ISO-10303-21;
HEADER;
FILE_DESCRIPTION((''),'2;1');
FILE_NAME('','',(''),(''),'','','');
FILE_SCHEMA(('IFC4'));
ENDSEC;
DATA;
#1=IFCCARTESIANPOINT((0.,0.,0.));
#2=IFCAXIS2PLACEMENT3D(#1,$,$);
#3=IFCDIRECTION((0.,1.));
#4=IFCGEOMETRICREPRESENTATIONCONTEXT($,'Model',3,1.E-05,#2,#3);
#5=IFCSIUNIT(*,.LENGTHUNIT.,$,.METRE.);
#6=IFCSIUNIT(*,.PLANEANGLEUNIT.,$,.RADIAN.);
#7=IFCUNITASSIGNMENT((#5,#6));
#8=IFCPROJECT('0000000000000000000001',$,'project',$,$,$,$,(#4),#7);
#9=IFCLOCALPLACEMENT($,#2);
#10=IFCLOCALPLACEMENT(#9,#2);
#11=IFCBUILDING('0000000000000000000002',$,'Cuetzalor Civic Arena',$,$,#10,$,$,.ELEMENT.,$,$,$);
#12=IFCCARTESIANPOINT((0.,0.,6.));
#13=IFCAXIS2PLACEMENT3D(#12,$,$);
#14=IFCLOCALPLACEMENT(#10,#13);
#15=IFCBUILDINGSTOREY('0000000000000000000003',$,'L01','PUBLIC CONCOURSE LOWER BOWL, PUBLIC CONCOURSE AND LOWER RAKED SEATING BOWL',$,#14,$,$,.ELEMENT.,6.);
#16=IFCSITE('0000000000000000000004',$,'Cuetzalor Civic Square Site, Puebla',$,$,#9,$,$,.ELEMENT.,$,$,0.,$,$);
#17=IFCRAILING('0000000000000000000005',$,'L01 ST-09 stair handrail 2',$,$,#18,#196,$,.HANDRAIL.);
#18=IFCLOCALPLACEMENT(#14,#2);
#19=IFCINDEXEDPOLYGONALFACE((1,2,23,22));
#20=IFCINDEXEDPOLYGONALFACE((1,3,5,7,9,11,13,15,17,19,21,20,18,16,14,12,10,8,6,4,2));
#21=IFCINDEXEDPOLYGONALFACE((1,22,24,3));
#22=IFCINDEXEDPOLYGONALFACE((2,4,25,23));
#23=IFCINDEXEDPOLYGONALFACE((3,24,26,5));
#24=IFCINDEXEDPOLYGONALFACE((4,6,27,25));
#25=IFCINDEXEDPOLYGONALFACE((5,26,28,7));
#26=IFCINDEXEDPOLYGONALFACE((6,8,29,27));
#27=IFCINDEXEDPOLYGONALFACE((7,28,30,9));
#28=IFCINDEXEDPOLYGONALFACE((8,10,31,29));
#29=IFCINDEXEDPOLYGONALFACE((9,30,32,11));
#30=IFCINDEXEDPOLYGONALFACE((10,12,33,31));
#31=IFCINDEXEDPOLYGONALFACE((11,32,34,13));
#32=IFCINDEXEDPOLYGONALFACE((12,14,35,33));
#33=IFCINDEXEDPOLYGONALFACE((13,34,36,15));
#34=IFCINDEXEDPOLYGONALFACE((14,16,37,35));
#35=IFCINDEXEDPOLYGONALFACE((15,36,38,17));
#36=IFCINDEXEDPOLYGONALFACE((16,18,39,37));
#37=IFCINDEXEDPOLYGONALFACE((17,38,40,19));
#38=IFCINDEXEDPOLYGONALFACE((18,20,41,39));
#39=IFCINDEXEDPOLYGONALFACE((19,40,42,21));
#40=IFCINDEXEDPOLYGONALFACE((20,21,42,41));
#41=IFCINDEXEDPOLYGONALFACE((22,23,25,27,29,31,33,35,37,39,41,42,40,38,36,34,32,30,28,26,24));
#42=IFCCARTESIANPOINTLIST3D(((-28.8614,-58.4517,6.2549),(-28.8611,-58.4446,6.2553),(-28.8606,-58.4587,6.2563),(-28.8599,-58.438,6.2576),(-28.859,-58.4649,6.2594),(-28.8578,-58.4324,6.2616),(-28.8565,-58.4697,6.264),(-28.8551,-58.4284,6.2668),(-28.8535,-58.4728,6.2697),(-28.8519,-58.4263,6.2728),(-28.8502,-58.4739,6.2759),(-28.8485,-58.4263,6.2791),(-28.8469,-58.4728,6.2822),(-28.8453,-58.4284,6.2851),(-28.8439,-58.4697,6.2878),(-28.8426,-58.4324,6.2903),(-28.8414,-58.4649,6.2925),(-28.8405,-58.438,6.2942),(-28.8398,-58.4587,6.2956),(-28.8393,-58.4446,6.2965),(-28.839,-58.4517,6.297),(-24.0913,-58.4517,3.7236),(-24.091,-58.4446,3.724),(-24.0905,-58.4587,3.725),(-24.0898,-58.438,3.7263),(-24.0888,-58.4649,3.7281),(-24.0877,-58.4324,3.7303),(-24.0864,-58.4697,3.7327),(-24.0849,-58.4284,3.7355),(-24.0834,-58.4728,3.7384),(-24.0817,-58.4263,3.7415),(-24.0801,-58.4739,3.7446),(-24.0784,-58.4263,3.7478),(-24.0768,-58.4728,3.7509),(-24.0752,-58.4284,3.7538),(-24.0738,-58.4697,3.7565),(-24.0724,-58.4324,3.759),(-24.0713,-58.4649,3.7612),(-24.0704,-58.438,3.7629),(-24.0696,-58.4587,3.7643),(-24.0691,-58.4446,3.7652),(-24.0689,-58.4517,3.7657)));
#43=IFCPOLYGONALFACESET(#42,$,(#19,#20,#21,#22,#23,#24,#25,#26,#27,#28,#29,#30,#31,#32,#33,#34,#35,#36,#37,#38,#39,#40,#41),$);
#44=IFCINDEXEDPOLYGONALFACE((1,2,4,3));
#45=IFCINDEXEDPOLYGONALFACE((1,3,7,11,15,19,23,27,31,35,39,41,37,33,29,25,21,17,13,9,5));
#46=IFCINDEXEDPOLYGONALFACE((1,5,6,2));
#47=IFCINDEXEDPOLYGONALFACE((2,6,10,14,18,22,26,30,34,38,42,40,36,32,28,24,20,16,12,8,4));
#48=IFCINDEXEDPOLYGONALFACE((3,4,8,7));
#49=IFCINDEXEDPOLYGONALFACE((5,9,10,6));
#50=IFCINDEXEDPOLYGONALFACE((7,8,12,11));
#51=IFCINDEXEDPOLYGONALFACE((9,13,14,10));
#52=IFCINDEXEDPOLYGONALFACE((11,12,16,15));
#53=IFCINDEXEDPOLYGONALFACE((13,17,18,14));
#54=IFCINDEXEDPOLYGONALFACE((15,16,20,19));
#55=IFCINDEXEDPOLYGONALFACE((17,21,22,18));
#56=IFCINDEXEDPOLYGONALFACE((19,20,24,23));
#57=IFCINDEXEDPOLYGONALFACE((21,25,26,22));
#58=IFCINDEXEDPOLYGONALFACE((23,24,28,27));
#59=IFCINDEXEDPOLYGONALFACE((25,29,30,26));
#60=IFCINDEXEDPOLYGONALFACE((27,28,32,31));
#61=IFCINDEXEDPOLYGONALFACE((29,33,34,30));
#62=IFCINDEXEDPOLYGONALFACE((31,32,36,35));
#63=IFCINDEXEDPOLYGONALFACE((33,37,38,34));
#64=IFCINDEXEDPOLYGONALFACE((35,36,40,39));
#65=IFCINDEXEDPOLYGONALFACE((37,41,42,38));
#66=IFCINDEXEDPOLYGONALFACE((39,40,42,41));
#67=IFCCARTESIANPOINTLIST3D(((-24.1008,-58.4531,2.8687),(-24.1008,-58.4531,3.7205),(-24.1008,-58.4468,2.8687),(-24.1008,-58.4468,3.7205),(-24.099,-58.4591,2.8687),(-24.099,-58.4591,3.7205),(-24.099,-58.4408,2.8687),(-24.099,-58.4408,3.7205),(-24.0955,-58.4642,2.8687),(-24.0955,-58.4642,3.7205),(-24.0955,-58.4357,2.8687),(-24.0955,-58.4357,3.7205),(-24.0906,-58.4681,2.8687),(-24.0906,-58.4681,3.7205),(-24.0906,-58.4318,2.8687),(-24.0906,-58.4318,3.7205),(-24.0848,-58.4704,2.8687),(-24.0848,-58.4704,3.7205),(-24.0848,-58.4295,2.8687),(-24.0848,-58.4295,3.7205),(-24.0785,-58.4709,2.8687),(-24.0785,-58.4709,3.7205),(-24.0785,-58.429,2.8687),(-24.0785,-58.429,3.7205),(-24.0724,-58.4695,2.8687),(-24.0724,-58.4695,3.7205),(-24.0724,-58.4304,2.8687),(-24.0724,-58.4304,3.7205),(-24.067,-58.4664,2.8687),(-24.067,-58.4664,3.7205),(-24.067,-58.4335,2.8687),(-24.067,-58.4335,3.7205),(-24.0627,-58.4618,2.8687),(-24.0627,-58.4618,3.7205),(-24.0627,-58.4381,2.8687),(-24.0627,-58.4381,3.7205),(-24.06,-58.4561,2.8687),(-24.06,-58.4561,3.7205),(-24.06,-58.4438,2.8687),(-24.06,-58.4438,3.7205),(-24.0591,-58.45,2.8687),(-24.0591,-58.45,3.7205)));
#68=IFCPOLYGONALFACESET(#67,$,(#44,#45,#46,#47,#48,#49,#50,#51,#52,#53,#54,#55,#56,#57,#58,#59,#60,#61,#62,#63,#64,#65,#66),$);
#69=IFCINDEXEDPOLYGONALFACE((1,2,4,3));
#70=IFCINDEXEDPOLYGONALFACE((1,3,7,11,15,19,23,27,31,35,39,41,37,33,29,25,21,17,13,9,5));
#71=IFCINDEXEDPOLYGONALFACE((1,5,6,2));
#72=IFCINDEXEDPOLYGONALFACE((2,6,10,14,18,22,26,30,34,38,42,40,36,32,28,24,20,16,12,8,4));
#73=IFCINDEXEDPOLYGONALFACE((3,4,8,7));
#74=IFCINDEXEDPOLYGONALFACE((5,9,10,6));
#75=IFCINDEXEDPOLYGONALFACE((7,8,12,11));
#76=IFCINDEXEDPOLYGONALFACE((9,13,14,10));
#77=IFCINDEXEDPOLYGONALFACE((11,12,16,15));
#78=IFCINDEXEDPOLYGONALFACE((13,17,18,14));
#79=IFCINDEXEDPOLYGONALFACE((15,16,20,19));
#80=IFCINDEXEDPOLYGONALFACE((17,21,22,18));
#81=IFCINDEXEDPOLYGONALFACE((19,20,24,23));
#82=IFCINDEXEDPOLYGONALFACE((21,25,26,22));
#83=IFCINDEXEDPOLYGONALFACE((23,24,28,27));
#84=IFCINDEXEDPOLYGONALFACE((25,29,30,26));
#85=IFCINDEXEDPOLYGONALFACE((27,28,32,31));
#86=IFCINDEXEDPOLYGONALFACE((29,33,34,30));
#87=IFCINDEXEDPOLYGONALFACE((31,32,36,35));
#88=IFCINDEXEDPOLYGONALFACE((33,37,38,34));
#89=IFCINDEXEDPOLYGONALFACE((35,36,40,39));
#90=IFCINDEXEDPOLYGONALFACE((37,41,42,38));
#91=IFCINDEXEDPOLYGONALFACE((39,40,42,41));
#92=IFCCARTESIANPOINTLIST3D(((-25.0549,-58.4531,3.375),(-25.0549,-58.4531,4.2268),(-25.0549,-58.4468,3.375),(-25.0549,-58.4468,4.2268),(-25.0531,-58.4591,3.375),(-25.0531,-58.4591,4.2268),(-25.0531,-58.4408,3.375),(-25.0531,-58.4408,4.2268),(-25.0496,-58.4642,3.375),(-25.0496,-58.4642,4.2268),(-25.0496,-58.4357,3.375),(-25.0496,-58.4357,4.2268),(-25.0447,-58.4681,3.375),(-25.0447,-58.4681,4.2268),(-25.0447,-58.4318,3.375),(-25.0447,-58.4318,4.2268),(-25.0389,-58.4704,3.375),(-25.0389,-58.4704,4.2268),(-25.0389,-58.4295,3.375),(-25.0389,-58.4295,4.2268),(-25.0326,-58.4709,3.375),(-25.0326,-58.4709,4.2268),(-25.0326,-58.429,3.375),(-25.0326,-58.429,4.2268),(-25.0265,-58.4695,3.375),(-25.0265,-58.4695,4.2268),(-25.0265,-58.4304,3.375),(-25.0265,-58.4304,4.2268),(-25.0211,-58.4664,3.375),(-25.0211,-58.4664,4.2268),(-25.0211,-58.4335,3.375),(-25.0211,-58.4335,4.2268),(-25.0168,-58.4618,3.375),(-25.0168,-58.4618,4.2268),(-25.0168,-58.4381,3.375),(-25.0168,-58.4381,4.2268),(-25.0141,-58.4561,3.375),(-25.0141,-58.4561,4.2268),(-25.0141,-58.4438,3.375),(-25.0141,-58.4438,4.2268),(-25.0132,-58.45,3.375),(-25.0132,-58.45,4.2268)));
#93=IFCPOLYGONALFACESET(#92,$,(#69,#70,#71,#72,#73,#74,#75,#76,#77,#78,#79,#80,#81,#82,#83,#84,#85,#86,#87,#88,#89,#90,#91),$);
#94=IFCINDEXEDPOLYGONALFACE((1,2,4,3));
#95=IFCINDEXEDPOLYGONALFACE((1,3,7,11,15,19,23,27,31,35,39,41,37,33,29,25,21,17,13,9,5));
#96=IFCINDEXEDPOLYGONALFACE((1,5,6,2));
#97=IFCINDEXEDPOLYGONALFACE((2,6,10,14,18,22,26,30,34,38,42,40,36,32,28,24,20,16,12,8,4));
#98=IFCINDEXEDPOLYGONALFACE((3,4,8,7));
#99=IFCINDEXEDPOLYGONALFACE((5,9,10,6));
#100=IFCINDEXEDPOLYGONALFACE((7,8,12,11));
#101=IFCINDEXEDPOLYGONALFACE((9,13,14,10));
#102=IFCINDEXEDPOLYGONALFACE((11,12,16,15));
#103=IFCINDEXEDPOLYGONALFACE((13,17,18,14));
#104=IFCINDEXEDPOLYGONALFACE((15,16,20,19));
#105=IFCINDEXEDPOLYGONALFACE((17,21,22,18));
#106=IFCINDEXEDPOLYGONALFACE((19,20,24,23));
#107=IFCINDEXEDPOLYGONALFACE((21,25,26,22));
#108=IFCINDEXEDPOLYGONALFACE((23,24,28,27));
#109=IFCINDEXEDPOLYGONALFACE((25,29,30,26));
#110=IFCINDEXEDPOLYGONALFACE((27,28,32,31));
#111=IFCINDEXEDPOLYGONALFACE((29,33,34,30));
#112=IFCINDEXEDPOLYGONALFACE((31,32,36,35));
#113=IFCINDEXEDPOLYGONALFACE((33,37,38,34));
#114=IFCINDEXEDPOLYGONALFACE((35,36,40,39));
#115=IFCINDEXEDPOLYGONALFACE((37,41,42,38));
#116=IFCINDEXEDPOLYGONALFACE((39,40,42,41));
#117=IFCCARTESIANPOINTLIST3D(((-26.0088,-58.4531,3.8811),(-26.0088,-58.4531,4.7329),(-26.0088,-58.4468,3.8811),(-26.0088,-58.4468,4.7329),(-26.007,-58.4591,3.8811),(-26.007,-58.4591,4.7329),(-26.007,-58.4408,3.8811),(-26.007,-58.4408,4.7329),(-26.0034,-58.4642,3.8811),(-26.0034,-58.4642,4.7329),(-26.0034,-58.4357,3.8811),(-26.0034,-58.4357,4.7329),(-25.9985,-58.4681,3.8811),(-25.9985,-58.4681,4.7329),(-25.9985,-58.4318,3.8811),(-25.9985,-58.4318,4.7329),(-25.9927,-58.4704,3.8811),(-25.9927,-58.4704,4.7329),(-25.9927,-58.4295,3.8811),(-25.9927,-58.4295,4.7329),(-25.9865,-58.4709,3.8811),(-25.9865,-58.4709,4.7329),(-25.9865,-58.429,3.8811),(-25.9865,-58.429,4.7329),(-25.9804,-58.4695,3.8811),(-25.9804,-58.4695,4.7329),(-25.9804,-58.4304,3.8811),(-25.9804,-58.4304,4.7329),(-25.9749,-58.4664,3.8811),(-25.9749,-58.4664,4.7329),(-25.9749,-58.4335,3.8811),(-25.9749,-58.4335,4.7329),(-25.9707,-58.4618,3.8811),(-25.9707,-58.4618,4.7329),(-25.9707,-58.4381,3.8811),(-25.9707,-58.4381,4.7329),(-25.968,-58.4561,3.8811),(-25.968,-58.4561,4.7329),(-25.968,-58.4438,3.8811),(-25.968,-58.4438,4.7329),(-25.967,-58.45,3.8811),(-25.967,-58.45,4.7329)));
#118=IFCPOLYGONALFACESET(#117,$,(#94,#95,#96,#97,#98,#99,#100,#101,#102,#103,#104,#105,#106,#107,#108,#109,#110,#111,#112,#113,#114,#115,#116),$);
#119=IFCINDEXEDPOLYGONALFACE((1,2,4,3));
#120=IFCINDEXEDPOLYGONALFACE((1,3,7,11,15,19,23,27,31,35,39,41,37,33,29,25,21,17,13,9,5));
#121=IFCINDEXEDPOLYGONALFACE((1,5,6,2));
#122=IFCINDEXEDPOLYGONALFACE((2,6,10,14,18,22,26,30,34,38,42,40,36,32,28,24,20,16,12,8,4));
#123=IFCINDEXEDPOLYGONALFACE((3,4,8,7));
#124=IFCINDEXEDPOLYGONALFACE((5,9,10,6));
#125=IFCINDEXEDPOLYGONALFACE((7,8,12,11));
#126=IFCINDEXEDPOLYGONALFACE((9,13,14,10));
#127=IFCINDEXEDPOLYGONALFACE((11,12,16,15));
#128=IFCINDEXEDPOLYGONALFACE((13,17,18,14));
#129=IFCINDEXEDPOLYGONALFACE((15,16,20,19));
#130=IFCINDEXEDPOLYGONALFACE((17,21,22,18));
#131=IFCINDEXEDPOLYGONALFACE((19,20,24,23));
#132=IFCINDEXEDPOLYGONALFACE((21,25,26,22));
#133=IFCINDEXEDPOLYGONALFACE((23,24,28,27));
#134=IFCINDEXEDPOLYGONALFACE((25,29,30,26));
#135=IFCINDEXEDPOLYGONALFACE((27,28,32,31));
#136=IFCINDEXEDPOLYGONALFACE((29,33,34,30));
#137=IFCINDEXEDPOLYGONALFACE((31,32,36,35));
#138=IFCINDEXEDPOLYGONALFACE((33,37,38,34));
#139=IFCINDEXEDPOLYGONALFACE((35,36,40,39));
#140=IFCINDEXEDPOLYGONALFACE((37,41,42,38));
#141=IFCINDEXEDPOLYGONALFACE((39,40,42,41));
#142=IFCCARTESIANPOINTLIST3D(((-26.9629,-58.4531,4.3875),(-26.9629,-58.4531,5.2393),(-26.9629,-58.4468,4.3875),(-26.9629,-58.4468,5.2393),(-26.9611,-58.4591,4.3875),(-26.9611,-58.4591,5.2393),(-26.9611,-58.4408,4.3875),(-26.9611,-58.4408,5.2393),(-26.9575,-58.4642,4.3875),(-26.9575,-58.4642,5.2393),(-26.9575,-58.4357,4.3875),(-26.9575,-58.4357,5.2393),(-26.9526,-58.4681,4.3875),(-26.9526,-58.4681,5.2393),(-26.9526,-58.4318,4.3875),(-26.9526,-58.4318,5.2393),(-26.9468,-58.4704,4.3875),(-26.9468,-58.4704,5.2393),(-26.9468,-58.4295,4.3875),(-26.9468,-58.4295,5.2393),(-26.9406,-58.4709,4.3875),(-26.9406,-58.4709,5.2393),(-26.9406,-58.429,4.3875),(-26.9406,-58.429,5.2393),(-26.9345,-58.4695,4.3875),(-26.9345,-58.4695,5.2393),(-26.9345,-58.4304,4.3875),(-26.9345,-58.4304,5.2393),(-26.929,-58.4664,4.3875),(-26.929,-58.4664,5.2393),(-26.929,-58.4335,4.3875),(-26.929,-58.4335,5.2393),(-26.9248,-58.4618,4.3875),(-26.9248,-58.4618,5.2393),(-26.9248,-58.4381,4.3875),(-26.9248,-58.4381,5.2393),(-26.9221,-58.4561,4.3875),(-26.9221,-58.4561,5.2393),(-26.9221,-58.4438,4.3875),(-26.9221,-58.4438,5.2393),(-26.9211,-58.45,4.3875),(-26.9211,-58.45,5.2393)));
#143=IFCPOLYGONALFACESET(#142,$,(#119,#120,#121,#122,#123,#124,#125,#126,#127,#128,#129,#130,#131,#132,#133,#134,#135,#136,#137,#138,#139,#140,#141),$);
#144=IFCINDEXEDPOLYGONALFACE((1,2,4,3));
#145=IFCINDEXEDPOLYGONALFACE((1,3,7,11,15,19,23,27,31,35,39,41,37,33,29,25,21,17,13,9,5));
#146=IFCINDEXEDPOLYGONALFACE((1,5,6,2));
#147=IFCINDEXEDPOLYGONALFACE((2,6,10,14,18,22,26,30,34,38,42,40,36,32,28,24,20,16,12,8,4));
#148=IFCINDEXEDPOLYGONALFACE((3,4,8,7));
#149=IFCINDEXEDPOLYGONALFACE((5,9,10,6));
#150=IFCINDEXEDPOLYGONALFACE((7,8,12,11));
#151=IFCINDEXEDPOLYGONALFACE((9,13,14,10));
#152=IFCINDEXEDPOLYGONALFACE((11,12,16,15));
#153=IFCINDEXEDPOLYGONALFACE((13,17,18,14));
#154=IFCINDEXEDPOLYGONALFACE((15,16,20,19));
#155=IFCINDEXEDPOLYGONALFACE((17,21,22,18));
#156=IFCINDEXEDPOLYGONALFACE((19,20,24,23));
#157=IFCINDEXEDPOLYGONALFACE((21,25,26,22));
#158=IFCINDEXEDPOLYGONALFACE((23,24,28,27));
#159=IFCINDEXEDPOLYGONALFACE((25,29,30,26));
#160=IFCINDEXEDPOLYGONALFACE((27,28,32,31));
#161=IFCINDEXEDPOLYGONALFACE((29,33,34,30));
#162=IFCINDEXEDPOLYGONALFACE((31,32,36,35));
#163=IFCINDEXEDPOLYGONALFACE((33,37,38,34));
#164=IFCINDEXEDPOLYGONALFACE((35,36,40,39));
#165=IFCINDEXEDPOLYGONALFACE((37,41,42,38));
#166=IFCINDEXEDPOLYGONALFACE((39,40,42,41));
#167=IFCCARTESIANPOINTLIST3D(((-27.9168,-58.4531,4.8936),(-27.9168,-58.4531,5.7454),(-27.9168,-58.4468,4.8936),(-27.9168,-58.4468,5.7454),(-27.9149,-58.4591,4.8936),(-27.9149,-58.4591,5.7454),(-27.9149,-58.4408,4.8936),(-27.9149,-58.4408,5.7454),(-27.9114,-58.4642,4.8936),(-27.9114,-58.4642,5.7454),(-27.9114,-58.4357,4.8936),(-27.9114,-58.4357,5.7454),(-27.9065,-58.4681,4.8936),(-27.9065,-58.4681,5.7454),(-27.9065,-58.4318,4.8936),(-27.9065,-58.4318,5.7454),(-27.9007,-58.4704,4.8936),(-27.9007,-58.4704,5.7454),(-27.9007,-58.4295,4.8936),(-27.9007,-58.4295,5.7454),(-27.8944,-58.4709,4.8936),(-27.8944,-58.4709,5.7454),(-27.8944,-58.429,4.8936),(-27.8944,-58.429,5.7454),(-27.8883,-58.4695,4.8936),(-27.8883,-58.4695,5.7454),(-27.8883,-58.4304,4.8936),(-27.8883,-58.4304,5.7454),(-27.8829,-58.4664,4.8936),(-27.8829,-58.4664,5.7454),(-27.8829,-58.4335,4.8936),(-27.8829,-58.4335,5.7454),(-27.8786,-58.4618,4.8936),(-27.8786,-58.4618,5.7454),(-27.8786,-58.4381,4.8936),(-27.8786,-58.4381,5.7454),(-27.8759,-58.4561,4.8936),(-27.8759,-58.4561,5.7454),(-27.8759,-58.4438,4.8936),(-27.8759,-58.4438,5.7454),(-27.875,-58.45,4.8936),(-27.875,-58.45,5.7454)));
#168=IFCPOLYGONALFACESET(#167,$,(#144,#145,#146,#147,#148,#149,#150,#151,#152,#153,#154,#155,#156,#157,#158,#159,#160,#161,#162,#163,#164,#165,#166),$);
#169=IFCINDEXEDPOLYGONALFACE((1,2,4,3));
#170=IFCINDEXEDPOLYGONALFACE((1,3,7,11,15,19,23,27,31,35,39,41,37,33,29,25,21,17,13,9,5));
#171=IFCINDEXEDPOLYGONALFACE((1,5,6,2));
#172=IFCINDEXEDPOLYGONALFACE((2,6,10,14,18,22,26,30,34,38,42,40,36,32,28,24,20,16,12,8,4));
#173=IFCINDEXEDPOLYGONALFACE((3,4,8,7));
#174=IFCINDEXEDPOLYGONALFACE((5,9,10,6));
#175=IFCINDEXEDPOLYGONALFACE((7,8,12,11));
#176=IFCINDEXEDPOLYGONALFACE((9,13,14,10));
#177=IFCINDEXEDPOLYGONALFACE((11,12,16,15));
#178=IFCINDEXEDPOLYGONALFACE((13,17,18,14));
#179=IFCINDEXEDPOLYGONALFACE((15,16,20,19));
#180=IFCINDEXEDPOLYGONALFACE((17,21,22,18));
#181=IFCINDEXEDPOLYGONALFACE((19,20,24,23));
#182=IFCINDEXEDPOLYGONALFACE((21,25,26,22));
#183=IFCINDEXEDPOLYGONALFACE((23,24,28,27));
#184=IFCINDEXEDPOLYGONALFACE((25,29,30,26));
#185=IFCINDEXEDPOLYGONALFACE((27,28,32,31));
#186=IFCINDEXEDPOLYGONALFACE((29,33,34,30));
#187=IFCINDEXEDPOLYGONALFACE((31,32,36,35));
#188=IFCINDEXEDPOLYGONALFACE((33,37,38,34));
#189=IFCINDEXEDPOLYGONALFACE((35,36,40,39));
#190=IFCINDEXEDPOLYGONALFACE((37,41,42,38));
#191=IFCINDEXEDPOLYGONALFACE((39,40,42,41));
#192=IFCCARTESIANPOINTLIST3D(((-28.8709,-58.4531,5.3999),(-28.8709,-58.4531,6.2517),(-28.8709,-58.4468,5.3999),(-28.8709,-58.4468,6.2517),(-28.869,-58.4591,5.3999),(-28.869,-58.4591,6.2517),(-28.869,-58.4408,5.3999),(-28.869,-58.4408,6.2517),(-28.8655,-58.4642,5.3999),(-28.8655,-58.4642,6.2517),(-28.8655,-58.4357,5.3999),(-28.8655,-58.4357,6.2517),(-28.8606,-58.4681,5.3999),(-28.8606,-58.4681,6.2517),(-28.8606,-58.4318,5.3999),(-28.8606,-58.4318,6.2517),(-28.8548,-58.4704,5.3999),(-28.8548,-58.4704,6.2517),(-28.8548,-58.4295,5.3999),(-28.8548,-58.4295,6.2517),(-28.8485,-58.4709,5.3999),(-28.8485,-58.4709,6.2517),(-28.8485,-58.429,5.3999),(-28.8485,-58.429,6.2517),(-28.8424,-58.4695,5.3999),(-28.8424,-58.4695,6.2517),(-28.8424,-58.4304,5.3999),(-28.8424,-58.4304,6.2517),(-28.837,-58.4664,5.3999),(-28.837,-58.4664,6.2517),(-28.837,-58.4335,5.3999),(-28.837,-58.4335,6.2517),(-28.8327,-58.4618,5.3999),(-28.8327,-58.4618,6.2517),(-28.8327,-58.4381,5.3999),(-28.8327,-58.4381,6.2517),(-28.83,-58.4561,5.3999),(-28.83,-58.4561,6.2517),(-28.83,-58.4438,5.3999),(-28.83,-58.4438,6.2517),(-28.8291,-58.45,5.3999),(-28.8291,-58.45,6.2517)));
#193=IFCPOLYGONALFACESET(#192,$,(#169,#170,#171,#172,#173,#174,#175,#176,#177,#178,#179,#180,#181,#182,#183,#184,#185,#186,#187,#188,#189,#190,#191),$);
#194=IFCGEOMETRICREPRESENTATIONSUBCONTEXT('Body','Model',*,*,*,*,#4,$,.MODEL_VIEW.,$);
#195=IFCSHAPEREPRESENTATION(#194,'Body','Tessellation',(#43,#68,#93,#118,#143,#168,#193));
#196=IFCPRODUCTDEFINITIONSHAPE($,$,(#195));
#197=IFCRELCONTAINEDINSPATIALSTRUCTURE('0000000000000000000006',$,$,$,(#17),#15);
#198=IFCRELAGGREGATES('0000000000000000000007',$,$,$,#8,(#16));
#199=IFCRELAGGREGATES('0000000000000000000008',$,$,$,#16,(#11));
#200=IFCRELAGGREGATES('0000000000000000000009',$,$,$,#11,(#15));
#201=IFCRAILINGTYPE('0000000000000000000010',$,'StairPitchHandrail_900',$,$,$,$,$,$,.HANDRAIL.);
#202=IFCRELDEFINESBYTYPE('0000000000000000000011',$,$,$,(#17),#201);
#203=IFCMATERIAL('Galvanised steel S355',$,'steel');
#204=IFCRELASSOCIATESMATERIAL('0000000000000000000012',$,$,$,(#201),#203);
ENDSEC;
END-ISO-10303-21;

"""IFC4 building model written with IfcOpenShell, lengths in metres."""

from ifc_helpers import new_model, si_unit, direction, frame, origin, origin_2d, place, context, subcontext, project, spatial, circle, extrude, material, type_object, element, save


model = new_model("IFC4")

# Units and contexts
model_context = context("Model", 3, precision=1e-05, world=origin(), true_north=direction((0.0, 1.0)))
body_context = subcontext(model_context, "Body", "Model", "MODEL_VIEW")
ifc_project = project(units=[si_unit("LENGTHUNIT", "METRE"), si_unit("PLANEANGLEUNIT", "RADIAN")], contexts=[model_context])

# Site, building, storey
site_placement = place(None, origin())
site = spatial("IfcSite", under=ifc_project, at=site_placement, Name="Cuetzalor Civic Square Site, Puebla", CompositionType="ELEMENT", RefElevation=0.0)
building_placement = place(site_placement, origin())
building = spatial("IfcBuilding", under=site, at=building_placement, Name="Cuetzalor Civic Arena", CompositionType="ELEMENT")
storey_placement = place(building_placement, frame((0.0, 0.0, 6.0)))
storey = spatial("IfcBuildingStorey", under=building, at=storey_placement, Name="L01", Description="PUBLIC CONCOURSE LOWER BOWL, PUBLIC CONCOURSE AND LOWER RAKED SEATING BOWL", CompositionType="ELEMENT", Elevation=6.0)

# Railing
ifc_material_1 = material(Name="Galvanised steel S355", Category="steel")
railing_type_1 = type_object("IfcRailingType", Name="StairPitchHandrail_900", PredefinedType="HANDRAIL", material=ifc_material_1)
railing_1_placement = place(storey_placement, frame((-24.0801, -58.45, 2.8687)))
element("IfcRailing", 1, at=railing_1_placement, inside=storey, type_object=railing_type_1, Name="L01 ST-09 stair handrail 2", PredefinedType="HANDRAIL", context=body_context, shape_type="SweptSolid", body=[
    extrude(circle(Radius=0.0239, at=origin_2d()), frame((0.0, 0.0, 0.876), z_axis=(-0.883332, 0.0, 0.468747), x_axis=(0.0, -1.0, 0.0)), (0.0, 0.0, 1.0), 5.4001),
    extrude(circle(Radius=0.021, at=origin_2d()), origin(), (0.0, 0.0, 1.0), 0.8518),
    extrude(circle(Radius=0.021, at=origin_2d()), frame((-0.9541, 0.0, 0.5063)), (0.0, 0.0, 1.0), 0.8518),
    extrude(circle(Radius=0.021, at=origin_2d()), frame((-1.908, 0.0, 1.0125)), (0.0, 0.0, 1.0), 0.8518),
    extrude(circle(Radius=0.021, at=origin_2d()), frame((-2.8621, 0.0, 1.5188)), (0.0, 0.0, 1.0), 0.8518),
    extrude(circle(Radius=0.021, at=origin_2d()), frame((-3.8159, 0.0, 2.0249)), (0.0, 0.0, 1.0), 0.8518),
    extrude(circle(Radius=0.021, at=origin_2d()), frame((-4.77, 0.0, 2.5312)), (0.0, 0.0, 1.0), 0.8518),
])

save(model, "model.ifc")
